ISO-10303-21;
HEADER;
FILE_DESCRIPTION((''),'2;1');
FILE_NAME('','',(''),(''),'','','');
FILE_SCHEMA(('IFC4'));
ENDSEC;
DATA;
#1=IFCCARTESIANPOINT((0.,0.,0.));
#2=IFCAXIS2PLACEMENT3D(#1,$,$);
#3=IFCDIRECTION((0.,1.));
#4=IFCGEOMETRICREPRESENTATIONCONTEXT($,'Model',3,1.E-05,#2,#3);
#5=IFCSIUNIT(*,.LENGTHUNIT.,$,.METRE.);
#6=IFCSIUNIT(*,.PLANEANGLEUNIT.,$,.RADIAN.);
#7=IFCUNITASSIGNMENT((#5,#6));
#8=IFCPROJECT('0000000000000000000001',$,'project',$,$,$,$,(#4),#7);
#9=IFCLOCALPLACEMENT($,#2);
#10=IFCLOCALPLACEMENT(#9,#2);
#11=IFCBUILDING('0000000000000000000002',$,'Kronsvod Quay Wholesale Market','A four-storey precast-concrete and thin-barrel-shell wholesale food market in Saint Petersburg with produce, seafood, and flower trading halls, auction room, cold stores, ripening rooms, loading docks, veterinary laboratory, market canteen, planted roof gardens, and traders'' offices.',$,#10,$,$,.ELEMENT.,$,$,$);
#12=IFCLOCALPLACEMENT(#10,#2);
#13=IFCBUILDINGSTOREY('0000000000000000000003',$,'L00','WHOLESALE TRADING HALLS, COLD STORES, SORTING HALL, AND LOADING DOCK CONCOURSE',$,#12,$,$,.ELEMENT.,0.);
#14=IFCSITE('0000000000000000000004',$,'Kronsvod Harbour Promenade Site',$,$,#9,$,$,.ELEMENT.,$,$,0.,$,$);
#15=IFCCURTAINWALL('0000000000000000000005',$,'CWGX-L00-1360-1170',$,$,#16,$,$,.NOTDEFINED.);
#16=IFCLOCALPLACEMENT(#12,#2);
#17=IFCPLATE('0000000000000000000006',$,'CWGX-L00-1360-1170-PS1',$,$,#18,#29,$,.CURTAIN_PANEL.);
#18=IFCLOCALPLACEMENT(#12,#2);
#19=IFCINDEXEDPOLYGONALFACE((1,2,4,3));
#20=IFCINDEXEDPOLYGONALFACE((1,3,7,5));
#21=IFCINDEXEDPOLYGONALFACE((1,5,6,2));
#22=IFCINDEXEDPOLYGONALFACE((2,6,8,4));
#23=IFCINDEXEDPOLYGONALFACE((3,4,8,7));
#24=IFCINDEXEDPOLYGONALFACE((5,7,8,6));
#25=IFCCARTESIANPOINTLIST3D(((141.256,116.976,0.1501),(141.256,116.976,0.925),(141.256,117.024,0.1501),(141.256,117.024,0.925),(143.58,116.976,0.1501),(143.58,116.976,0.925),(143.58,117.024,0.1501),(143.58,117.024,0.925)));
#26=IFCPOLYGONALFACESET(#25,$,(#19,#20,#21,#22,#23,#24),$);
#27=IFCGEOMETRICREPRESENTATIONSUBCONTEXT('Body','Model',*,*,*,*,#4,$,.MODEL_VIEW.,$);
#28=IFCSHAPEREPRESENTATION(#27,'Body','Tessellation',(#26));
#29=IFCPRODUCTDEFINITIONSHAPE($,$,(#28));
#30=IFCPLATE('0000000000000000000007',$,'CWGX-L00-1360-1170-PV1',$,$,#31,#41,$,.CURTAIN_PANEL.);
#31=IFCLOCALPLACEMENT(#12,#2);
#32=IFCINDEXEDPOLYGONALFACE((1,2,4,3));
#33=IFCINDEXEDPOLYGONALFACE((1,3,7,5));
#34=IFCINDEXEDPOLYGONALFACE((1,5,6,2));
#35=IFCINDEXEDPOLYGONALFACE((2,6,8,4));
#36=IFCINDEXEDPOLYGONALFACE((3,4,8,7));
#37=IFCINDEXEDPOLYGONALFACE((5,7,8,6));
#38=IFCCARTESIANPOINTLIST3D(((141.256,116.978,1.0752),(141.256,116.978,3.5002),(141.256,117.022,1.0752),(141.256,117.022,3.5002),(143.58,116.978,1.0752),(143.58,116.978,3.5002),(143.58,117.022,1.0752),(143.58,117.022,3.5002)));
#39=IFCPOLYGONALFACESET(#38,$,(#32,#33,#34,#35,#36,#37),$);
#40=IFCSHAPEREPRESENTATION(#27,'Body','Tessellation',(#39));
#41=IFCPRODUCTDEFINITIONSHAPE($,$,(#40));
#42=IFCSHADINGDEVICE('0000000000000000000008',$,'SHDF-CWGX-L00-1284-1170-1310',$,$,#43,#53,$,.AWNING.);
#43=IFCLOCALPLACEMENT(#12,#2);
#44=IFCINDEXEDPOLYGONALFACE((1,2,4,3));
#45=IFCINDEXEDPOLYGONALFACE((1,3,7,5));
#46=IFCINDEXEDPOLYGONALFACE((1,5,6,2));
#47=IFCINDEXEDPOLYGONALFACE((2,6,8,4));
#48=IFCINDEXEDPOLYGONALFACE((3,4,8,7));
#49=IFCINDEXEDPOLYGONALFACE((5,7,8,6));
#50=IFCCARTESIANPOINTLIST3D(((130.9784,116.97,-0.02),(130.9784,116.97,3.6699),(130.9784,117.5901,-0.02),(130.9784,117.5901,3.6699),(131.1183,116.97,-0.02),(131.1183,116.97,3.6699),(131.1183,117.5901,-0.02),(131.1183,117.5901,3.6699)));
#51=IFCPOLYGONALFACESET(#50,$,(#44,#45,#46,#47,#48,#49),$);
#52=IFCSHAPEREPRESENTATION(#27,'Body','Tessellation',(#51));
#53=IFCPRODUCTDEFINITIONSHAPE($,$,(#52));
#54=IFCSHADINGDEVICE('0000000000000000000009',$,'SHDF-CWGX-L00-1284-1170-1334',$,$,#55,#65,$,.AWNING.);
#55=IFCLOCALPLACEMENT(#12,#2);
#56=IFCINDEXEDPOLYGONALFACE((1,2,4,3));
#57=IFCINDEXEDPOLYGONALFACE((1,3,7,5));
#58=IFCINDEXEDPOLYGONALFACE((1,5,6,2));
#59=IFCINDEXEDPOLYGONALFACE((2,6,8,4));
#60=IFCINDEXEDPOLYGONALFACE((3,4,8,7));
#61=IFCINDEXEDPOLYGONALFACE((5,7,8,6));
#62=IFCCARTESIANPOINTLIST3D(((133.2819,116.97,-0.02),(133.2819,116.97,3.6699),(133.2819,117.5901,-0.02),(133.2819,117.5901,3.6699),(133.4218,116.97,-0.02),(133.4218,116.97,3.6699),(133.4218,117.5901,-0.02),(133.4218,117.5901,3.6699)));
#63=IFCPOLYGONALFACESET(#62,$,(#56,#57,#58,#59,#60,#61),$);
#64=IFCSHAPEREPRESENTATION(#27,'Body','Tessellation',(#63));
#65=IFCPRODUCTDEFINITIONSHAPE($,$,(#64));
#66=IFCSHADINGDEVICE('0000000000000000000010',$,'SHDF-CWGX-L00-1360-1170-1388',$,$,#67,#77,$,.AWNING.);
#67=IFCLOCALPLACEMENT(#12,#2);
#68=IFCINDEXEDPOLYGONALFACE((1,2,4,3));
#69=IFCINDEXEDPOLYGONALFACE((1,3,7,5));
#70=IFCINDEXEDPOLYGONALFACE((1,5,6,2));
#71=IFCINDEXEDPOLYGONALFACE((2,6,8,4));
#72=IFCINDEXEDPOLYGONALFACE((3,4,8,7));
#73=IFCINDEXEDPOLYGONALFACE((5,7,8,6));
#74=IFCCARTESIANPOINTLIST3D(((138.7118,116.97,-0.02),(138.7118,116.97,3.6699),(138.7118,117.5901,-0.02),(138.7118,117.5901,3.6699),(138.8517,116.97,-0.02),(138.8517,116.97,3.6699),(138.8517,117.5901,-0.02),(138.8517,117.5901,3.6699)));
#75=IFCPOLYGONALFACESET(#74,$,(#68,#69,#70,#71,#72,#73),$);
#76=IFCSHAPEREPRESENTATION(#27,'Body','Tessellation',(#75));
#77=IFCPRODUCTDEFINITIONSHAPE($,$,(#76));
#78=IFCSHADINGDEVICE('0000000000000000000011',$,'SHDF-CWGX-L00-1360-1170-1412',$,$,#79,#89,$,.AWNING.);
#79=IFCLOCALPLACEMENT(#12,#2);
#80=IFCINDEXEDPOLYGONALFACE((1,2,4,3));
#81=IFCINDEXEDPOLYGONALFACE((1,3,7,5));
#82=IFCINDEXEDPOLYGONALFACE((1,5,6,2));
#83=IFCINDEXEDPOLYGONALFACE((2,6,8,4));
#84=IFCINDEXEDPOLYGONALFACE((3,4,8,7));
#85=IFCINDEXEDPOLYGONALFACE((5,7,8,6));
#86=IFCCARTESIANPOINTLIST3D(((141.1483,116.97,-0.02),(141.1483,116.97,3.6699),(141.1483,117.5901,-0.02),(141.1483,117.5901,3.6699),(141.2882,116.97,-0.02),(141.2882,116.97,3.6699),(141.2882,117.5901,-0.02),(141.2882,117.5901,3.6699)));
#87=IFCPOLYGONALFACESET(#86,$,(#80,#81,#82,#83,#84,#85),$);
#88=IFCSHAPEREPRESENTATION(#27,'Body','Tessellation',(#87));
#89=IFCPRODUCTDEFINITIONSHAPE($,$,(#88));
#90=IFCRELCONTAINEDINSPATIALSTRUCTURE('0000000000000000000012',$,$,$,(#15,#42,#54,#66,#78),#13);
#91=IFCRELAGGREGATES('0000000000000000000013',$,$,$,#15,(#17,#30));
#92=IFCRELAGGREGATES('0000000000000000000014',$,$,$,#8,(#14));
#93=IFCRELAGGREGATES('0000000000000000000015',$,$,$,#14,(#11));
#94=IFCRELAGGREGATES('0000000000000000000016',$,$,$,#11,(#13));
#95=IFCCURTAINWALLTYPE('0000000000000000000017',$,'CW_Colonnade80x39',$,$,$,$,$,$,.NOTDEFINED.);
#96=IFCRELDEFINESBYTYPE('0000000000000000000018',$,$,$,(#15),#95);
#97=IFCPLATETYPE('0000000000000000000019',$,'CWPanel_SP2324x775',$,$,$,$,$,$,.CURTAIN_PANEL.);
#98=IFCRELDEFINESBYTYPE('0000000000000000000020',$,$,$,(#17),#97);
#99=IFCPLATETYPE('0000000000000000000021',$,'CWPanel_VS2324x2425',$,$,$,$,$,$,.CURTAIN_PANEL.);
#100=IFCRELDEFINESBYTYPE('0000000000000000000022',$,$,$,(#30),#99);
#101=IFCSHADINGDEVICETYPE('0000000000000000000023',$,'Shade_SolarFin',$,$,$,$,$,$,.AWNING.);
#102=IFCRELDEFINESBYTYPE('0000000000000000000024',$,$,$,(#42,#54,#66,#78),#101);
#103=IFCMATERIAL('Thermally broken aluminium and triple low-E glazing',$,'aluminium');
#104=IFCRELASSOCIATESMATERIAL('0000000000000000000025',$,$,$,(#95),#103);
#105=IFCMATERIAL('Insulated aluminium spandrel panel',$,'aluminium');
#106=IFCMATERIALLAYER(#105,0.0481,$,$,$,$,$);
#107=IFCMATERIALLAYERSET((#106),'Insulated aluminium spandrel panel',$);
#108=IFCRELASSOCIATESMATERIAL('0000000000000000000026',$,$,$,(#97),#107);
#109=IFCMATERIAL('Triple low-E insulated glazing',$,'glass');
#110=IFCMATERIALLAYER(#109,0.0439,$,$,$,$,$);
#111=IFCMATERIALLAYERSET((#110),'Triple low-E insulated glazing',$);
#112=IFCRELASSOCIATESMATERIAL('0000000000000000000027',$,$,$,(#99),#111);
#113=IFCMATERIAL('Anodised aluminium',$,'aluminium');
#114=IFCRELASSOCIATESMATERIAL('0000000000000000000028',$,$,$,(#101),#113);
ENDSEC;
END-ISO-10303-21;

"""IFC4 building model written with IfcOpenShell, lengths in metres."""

from ifc_helpers import new_model, si_unit, direction, frame, origin, origin_2d, place, context, subcontext, project, spatial, rectangle, extrude, material, layer, layer_set, type_object, element, aggregate, save


model = new_model("IFC4")

# Units and contexts
model_context = context("Model", 3, precision=1e-05, world=origin(), true_north=direction((0.0, 1.0)))
body_context = subcontext(model_context, "Body", "Model", "MODEL_VIEW")
ifc_project = project(units=[si_unit("LENGTHUNIT", "METRE"), si_unit("PLANEANGLEUNIT", "RADIAN")], contexts=[model_context])

# Site, building, storey
site_placement = place(None, origin())
site = spatial("IfcSite", under=ifc_project, at=site_placement, Name="Kronsvod Harbour Promenade Site", CompositionType="ELEMENT", RefElevation=0.0)
building_placement = place(site_placement, origin())
building = spatial("IfcBuilding", under=site, at=building_placement, Name="Kronsvod Quay Wholesale Market", Description="A four-storey precast-concrete and thin-barrel-shell wholesale food market in Saint Petersburg with produce, seafood, and flower trading halls, auction room, cold stores, ripening rooms, loading docks, veterinary laboratory, market canteen, planted roof gardens, and traders' offices.", CompositionType="ELEMENT")
storey_placement = place(building_placement, origin())
storey = spatial("IfcBuildingStorey", under=building, at=storey_placement, Name="L00", Description="WHOLESALE TRADING HALLS, COLD STORES, SORTING HALL, AND LOADING DOCK CONCOURSE", CompositionType="ELEMENT", Elevation=0.0)

# Curtain wall, plates
ifc_material_1 = material(Name="Thermally broken aluminium and triple low-E glazing", Category="aluminium")
curtain_wall_type = type_object("IfcCurtainWallType", Name="CW_Colonnade80x39", PredefinedType="NOTDEFINED", material=ifc_material_1)
curtain_wall_placement = place(storey_placement, origin())
curtain_wall = element("IfcCurtainWall", 1, at=curtain_wall_placement, inside=storey, type_object=curtain_wall_type, Name="CWGX-L00-1360-1170", PredefinedType="NOTDEFINED")
ifc_material_2 = material(Name="Insulated aluminium spandrel panel", Category="aluminium")
ifc_layer_1 = layer(ifc_material_2, 0.0481)
ifc_layer_set_1 = layer_set([ifc_layer_1], Name="Insulated aluminium spandrel panel")
plate_type_1 = type_object("IfcPlateType", Name="CWPanel_SP2324x775", PredefinedType="CURTAIN_PANEL", material=ifc_layer_set_1)
plate_1_placement = place(storey_placement, frame((142.418, 117.0, 0.1501), z_axis=(0.0, 0.0, 1.0), x_axis=(-1.0, 0.0, 0.0)))
plate_1 = element("IfcPlate", 2, at=plate_1_placement, type_object=plate_type_1, Name="CWGX-L00-1360-1170-PS1", PredefinedType="CURTAIN_PANEL", context=body_context, shape_type="SweptSolid", body=[
    extrude(rectangle(XDim=2.324, YDim=0.0481, at=origin_2d()), origin(), (0.0, 0.0, 1.0), 0.7749),
])
ifc_material_3 = material(Name="Triple low-E insulated glazing", Category="glass")
ifc_layer_2 = layer(ifc_material_3, 0.0439)
ifc_layer_set_2 = layer_set([ifc_layer_2], Name="Triple low-E insulated glazing")
plate_type_2 = type_object("IfcPlateType", Name="CWPanel_VS2324x2425", PredefinedType="CURTAIN_PANEL", material=ifc_layer_set_2)
plate_2_placement = place(storey_placement, frame((142.418, 117.0, 1.0752), z_axis=(0.0, 0.0, 1.0), x_axis=(-1.0, 0.0, 0.0)))
plate_2 = element("IfcPlate", 3, at=plate_2_placement, type_object=plate_type_2, Name="CWGX-L00-1360-1170-PV1", PredefinedType="CURTAIN_PANEL", context=body_context, shape_type="SweptSolid", body=[
    extrude(rectangle(XDim=2.324, YDim=0.0439, at=origin_2d()), origin(), (0.0, 0.0, 1.0), 2.425),
])
aggregate(curtain_wall, [plate_1, plate_2])

# Shading devices
ifc_material_4 = material(Name="Anodised aluminium", Category="aluminium")
shading_device_type = type_object("IfcShadingDeviceType", Name="Shade_SolarFin", PredefinedType="AWNING", material=ifc_material_4)
for number, where, z_axis, x_axis, name in (
    (4, (131.0483, 117.28, -0.02), (0.0, 0.0, 1.0), (1.0, 0.0, 0.0), "SHDF-CWGX-L00-1284-1170-1310"),
    (5, (133.3518, 117.28, -0.02), (0.0, 0.0, 1.0), (1.0, 0.0, 0.0), "SHDF-CWGX-L00-1284-1170-1334"),
    (6, (138.7817, 117.28, -0.02), (0.0, 0.0, 1.0), (1.0, 0.0, 0.0), "SHDF-CWGX-L00-1360-1170-1388"),
    (7, (141.2183, 117.28, -0.02), (0.0, 0.0, 1.0), (1.0, 0.0, 0.0), "SHDF-CWGX-L00-1360-1170-1412"),
):
    element("IfcShadingDevice", number, at=place(storey_placement, frame(where, z_axis=z_axis, x_axis=x_axis)), inside=storey, type_object=shading_device_type, Name=name, PredefinedType="AWNING", context=body_context, shape_type="SweptSolid", body=[
        extrude(rectangle(XDim=0.1399, YDim=0.6201, at=origin_2d()), origin(), (0.0, 0.0, 1.0), 3.6899),
    ])

save(model, "model.ifc")
